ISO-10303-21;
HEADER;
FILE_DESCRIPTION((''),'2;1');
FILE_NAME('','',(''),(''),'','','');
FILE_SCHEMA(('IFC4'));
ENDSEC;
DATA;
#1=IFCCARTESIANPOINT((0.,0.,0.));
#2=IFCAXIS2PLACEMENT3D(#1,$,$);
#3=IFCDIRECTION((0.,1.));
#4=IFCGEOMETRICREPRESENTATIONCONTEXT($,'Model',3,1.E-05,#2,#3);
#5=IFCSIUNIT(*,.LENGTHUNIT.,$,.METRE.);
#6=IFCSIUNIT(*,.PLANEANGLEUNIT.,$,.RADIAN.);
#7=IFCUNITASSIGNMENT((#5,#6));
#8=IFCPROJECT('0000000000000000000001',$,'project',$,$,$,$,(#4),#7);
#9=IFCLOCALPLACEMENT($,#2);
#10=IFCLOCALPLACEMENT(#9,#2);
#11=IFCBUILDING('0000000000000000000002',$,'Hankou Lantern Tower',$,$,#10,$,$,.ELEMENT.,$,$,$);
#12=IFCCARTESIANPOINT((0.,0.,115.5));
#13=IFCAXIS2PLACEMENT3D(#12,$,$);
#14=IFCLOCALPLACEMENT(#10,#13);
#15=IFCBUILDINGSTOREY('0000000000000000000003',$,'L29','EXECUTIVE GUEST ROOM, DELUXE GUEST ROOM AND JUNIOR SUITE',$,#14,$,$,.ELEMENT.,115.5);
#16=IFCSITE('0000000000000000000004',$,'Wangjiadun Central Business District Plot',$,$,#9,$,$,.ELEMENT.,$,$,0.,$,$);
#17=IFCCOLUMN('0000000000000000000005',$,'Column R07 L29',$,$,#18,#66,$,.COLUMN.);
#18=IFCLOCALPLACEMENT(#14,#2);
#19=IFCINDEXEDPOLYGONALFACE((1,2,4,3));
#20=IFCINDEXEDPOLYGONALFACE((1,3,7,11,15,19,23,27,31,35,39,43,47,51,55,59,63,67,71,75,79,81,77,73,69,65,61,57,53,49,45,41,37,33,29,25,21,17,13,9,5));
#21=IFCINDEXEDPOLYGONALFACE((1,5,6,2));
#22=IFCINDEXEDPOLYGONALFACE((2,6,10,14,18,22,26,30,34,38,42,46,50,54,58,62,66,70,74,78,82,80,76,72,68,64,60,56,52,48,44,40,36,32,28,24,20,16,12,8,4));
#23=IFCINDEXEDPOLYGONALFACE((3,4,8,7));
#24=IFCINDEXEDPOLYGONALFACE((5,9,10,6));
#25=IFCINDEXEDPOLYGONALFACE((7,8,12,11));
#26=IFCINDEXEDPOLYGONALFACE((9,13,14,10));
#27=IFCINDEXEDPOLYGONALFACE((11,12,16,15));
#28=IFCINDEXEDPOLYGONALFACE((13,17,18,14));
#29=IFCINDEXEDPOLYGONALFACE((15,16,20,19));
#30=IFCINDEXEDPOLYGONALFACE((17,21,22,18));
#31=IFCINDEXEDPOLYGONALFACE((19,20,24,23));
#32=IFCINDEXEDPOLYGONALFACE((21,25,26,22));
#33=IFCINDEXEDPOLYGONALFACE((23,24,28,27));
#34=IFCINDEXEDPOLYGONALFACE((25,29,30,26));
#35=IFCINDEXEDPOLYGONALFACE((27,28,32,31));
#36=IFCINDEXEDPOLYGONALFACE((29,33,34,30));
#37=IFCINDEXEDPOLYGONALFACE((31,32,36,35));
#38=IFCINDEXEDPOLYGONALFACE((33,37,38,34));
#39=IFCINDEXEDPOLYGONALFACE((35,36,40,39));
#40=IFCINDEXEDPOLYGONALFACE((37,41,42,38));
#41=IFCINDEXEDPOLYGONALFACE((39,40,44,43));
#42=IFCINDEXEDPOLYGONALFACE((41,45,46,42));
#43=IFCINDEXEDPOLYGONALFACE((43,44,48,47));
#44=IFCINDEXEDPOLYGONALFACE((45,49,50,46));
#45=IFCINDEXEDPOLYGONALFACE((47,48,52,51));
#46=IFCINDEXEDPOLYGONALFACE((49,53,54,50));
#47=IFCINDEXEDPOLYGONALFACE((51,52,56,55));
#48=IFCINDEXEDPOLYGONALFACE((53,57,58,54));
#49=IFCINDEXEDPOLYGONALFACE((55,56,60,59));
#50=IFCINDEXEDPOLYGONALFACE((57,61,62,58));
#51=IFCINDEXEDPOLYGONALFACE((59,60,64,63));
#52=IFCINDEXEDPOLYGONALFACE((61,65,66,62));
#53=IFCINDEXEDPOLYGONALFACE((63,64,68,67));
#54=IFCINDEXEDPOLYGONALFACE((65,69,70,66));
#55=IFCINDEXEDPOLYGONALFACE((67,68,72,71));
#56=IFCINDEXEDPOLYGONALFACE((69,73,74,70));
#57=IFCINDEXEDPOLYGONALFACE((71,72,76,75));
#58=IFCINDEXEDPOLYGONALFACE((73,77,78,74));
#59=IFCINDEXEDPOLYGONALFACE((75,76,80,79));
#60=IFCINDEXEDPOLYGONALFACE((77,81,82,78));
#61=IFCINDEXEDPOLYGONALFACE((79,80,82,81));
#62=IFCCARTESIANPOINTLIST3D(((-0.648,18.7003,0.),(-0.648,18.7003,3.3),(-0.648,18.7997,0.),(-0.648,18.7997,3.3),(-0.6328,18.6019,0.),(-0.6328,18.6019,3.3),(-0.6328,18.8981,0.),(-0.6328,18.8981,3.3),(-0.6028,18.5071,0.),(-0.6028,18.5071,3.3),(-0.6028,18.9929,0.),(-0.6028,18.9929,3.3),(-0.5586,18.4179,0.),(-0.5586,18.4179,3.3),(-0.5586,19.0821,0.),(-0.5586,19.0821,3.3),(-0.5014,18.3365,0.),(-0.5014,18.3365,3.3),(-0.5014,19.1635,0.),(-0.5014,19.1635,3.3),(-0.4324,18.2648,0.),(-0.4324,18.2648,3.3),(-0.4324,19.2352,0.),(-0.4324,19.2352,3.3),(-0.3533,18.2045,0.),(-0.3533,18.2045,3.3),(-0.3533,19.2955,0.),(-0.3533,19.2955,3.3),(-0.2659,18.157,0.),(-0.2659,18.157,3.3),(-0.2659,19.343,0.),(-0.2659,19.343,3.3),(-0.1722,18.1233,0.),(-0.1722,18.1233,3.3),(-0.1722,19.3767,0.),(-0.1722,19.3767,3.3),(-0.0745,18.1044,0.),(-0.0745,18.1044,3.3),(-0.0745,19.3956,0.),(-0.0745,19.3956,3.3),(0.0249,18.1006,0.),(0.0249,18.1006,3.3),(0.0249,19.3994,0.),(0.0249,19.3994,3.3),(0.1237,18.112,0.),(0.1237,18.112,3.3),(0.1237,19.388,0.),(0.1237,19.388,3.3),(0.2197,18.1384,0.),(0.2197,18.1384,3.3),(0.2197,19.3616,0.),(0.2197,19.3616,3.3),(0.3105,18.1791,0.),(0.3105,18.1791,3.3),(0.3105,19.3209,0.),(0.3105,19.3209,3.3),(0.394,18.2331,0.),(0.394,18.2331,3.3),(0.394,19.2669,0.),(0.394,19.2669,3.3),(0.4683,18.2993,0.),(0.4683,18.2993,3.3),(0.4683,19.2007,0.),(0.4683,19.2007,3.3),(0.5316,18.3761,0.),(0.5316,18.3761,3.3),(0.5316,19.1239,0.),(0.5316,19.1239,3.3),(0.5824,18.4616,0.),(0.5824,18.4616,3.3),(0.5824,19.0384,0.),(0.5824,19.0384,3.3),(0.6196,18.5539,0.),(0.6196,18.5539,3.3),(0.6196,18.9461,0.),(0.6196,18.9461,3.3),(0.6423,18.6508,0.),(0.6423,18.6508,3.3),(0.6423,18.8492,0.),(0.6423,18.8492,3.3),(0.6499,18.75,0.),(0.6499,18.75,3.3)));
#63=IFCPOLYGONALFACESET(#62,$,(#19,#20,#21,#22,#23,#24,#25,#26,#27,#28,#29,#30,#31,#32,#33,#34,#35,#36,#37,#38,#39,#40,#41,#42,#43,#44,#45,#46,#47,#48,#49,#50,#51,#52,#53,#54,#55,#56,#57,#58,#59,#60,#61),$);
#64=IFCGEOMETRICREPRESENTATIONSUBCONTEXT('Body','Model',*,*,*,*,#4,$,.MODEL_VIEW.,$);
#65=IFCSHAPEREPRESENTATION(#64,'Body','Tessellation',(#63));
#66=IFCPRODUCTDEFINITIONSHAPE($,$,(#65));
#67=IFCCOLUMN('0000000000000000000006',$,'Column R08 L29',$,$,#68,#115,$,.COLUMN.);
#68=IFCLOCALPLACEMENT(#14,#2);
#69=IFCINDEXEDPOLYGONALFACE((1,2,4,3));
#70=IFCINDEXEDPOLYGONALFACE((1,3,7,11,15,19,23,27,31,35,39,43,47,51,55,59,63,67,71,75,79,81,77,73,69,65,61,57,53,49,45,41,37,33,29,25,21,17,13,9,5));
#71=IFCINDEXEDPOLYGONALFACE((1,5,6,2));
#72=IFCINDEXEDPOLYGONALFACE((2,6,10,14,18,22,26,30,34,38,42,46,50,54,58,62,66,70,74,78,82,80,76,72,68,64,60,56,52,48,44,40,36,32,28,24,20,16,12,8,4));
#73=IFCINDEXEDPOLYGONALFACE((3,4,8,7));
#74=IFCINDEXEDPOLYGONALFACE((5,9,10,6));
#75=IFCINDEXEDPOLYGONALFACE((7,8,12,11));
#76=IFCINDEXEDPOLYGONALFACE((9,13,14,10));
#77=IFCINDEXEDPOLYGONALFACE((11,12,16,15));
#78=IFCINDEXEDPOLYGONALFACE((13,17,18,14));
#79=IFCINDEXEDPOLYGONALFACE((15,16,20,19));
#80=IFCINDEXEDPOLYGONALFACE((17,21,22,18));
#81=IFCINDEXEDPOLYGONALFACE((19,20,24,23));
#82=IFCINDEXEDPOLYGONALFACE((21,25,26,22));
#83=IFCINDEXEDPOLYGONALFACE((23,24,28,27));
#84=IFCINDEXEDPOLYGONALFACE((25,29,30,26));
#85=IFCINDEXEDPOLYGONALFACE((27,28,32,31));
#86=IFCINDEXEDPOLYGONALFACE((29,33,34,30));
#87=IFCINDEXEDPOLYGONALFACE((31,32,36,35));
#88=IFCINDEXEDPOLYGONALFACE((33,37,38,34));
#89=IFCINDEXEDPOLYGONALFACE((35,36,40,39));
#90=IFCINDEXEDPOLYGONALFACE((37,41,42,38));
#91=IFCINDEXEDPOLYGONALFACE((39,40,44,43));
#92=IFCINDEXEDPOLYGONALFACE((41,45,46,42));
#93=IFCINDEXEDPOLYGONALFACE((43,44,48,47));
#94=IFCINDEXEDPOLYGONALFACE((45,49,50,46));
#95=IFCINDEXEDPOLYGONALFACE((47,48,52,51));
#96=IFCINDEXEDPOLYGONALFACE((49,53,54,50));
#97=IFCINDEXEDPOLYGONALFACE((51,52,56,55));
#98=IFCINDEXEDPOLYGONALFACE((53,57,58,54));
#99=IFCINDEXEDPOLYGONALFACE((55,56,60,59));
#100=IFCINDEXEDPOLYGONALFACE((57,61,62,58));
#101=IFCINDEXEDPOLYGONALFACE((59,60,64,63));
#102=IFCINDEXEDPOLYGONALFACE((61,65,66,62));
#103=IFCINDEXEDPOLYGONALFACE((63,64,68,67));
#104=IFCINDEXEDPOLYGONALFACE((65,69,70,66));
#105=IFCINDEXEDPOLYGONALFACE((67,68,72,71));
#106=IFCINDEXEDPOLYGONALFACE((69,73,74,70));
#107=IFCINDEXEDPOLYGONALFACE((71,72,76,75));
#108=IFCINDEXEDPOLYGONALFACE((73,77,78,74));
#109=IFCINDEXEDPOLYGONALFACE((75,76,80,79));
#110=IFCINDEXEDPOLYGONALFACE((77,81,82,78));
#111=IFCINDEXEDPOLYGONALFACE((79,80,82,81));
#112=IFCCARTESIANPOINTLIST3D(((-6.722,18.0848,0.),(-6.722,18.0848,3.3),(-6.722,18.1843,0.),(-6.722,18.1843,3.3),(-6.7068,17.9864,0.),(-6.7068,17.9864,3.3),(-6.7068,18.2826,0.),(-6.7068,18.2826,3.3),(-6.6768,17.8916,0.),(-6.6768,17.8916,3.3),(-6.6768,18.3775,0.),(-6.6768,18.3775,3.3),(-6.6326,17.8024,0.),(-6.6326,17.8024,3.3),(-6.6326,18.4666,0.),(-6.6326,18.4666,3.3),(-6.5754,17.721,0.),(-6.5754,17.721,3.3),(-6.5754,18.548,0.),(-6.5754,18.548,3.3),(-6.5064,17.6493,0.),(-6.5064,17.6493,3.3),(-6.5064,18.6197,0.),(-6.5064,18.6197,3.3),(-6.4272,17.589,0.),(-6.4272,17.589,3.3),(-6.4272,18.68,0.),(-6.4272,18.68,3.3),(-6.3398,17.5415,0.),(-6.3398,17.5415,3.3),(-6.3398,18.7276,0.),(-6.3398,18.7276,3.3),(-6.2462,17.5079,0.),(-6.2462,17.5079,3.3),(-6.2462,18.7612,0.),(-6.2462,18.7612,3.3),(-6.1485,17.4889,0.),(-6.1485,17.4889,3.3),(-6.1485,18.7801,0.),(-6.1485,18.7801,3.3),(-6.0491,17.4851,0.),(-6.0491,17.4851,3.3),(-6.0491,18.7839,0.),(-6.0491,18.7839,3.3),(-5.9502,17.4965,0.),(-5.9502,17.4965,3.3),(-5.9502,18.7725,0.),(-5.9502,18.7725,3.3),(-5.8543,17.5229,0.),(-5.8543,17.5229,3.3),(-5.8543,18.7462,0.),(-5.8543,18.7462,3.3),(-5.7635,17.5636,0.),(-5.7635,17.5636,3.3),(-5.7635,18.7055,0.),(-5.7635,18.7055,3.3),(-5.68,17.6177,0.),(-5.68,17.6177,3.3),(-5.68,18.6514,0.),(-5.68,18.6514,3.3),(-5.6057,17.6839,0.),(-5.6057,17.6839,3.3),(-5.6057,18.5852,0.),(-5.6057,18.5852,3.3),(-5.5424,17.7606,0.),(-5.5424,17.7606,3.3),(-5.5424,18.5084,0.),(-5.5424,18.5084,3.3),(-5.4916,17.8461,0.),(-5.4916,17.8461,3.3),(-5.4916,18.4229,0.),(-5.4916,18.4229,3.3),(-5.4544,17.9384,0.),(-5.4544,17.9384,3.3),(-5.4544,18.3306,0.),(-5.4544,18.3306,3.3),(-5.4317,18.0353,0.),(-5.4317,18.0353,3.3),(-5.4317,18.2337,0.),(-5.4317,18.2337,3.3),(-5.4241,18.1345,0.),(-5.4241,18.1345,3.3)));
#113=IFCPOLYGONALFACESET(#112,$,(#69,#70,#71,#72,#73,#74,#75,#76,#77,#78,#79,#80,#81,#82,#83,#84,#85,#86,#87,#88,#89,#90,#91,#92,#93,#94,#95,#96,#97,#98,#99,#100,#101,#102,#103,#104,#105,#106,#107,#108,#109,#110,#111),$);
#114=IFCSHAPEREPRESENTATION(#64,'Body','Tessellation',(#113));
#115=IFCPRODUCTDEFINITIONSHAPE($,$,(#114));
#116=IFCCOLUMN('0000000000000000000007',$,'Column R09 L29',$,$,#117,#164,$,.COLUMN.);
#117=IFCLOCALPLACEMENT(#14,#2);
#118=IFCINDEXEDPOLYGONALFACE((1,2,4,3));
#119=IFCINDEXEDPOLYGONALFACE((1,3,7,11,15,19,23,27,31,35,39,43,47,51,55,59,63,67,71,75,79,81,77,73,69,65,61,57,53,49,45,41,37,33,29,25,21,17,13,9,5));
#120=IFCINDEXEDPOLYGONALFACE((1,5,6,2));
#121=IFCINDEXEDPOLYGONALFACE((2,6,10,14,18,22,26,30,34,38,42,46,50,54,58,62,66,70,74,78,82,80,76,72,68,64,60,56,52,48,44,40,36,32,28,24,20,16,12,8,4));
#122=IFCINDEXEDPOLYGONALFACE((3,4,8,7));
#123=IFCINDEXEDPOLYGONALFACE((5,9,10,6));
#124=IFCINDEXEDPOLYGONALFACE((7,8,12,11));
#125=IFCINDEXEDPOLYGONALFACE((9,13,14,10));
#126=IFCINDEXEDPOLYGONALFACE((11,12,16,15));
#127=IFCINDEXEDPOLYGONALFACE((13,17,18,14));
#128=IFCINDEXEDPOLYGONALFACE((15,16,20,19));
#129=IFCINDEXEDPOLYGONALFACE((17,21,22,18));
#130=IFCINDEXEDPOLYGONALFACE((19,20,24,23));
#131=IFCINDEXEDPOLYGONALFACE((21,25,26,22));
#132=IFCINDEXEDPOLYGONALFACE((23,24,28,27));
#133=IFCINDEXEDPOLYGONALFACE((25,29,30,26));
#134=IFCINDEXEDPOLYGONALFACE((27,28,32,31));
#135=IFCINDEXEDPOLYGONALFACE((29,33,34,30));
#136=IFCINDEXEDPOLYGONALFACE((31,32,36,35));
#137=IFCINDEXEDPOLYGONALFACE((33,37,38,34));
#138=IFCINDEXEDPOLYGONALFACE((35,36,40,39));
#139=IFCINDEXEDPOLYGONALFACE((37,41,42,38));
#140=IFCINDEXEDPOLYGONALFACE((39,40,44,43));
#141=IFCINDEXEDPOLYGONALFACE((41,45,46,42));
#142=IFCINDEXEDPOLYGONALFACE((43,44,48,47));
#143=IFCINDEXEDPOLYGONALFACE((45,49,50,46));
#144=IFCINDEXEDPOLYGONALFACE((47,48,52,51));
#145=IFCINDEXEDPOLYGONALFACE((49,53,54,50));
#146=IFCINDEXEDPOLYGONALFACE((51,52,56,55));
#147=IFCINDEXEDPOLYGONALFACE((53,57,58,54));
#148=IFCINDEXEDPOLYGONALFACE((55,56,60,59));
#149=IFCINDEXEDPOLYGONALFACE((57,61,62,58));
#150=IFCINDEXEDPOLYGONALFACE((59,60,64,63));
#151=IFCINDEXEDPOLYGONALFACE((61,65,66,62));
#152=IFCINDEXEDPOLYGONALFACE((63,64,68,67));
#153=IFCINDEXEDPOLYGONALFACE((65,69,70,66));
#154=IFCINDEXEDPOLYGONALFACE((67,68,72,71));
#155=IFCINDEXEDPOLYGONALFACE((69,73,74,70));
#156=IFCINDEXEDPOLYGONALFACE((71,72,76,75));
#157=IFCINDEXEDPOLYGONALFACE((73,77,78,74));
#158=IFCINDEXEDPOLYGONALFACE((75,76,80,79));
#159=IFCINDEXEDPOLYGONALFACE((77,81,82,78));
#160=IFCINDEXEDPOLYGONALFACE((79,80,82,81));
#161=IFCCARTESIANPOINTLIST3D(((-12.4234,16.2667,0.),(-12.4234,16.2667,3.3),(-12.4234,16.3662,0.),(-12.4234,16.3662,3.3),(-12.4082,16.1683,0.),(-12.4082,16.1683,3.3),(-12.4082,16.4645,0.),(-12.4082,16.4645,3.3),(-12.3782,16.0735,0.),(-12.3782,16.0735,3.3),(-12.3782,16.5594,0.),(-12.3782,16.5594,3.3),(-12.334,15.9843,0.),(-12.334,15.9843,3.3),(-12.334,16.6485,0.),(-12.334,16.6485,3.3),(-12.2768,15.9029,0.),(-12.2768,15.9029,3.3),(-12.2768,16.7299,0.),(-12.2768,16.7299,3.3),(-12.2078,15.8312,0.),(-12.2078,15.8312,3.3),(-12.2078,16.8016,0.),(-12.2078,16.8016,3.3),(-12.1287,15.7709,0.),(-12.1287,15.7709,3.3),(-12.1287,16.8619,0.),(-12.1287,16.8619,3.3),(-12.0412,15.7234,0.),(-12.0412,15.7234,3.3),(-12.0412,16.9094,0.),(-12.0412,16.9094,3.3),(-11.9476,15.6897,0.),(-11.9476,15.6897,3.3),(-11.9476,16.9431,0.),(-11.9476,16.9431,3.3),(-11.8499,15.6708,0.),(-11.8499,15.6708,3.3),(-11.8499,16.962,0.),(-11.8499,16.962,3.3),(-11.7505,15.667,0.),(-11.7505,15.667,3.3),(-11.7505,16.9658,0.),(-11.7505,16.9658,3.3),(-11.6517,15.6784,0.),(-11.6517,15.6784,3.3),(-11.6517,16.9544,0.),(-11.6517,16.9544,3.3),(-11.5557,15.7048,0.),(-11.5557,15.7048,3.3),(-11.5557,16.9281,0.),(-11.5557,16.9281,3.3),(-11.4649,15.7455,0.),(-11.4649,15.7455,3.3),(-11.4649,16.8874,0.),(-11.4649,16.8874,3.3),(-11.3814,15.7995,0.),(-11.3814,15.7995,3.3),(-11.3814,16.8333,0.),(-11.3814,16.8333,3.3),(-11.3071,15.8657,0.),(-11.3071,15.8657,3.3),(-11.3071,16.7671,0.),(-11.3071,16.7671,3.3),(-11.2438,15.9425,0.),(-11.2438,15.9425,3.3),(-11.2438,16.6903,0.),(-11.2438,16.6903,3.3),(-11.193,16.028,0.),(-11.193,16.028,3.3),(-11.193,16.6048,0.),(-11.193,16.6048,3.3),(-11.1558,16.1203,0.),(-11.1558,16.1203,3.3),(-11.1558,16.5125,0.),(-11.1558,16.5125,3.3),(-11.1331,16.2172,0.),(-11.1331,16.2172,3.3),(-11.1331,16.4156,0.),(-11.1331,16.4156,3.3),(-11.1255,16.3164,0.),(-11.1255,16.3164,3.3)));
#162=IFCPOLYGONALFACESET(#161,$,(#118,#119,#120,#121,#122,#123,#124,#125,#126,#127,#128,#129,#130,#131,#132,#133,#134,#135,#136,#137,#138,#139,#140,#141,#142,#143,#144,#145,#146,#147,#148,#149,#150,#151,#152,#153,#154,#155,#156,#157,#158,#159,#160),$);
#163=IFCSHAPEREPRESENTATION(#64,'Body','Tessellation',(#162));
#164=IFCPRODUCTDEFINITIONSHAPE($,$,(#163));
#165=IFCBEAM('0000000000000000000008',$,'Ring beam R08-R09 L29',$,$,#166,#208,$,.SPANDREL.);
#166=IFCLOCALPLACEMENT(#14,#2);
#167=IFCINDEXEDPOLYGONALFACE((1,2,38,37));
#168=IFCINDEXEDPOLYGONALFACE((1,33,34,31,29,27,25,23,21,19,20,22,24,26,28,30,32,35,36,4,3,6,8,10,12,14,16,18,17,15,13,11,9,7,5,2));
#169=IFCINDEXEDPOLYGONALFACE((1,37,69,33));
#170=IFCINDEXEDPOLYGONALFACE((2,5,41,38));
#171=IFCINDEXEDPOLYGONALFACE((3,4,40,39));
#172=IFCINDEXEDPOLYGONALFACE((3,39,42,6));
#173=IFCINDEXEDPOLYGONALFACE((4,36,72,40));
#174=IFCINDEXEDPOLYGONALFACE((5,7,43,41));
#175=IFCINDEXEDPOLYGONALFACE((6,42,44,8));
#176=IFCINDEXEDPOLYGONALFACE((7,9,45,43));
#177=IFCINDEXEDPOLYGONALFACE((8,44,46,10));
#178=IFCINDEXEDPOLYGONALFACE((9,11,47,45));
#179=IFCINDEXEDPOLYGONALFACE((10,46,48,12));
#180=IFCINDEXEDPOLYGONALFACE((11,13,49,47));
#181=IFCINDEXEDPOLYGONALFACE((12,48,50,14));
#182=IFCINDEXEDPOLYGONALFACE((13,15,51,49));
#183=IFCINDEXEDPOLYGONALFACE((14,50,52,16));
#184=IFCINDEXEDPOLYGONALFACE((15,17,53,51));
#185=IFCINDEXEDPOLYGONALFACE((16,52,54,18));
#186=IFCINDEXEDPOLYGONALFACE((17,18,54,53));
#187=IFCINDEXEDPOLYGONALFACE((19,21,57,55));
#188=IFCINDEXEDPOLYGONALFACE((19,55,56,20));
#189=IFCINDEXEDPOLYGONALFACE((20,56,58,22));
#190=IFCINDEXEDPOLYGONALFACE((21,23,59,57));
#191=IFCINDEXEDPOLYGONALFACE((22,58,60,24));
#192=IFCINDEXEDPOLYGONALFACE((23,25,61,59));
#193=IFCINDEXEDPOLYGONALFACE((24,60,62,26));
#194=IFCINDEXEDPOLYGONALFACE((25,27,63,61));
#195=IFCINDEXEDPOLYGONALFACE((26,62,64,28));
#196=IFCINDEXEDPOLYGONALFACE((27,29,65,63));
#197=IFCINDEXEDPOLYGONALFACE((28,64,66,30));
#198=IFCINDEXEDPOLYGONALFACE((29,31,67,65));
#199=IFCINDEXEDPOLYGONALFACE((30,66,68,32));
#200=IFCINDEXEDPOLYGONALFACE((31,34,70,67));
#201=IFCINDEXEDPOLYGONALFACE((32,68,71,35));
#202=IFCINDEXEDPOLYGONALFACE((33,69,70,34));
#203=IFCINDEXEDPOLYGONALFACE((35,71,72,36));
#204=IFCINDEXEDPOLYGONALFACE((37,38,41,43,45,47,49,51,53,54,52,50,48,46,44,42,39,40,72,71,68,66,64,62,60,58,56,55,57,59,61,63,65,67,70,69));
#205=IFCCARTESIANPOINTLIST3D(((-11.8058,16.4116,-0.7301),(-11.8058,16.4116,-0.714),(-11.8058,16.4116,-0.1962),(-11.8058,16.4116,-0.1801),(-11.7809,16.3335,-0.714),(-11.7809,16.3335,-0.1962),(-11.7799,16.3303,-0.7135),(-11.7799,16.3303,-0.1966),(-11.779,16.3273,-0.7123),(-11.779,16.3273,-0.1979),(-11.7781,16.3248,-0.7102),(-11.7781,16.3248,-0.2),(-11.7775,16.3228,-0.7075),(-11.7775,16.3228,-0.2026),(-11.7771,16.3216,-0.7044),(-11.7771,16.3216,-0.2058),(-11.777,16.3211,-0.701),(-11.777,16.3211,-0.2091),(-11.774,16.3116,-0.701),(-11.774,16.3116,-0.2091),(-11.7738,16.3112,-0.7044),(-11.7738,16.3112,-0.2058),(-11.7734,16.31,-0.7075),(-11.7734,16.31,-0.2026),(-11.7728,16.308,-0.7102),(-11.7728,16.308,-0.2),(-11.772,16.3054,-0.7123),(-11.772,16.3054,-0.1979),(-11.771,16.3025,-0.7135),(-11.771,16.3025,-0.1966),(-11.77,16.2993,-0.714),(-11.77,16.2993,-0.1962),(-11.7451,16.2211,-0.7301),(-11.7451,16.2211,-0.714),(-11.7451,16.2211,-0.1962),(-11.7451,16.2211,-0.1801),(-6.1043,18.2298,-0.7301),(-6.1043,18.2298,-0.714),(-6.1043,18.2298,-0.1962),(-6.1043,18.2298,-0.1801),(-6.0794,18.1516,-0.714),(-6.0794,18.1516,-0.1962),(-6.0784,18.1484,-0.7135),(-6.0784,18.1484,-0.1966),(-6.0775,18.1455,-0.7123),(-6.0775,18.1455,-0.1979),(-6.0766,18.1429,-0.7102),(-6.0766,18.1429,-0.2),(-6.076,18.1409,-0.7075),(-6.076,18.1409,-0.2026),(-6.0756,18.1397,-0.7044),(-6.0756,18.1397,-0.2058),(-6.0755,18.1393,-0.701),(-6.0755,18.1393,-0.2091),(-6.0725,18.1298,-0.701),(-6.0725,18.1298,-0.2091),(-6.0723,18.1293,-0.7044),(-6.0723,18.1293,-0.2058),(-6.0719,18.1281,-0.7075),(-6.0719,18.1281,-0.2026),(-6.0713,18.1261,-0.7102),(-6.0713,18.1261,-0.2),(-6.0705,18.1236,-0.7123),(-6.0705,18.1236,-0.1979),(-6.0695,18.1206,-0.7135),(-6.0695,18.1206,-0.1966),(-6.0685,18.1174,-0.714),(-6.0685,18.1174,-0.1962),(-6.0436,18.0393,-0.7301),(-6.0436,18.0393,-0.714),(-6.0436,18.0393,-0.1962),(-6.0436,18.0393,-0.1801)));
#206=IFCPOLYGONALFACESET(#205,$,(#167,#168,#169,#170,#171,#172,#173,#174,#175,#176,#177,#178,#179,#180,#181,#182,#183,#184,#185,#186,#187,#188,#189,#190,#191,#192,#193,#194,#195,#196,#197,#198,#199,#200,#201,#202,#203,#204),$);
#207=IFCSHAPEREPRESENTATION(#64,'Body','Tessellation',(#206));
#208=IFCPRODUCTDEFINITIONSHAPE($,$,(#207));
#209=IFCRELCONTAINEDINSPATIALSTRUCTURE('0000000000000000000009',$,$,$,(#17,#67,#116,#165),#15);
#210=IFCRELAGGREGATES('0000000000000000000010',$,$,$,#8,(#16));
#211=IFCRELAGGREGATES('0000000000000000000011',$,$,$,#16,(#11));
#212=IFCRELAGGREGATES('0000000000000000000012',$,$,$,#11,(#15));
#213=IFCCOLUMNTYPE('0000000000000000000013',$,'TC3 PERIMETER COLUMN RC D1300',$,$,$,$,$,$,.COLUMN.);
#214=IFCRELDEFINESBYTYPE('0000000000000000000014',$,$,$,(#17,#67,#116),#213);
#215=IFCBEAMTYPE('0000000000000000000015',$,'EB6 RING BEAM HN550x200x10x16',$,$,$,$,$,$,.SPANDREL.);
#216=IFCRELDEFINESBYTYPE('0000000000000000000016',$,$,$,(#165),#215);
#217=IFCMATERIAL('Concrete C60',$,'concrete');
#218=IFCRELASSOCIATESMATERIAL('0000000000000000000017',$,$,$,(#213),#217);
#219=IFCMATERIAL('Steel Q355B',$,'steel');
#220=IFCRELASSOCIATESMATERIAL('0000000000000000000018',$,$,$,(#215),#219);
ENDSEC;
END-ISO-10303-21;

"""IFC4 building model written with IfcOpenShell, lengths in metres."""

from ifc_helpers import new_model, si_unit, direction, frame, origin, origin_2d, place, context, subcontext, project, spatial, circle, i_section, extrude, material, material_profile, profile_set, type_object, element, save


model = new_model("IFC4")

# Units and contexts
model_context = context("Model", 3, precision=1e-05, world=origin(), true_north=direction((0.0, 1.0)))
body_context = subcontext(model_context, "Body", "Model", "MODEL_VIEW")
ifc_project = project(units=[si_unit("LENGTHUNIT", "METRE"), si_unit("PLANEANGLEUNIT", "RADIAN")], contexts=[model_context])

# Site, building, storey
site_placement = place(None, origin())
site = spatial("IfcSite", under=ifc_project, at=site_placement, Name="Wangjiadun Central Business District Plot", CompositionType="ELEMENT", RefElevation=0.0)
building_placement = place(site_placement, origin())
building = spatial("IfcBuilding", under=site, at=building_placement, Name="Hankou Lantern Tower", CompositionType="ELEMENT")
storey_placement = place(building_placement, frame((0.0, 0.0, 115.5)))
storey = spatial("IfcBuildingStorey", under=building, at=storey_placement, Name="L29", Description="EXECUTIVE GUEST ROOM, DELUXE GUEST ROOM AND JUNIOR SUITE", CompositionType="ELEMENT", Elevation=115.5)

# Columns
ifc_material_1 = material(Name="Concrete C60", Category="concrete")
ifc_material_profile_1 = material_profile(ifc_material_1, circle(Radius=0.6499, at=origin_2d()), Name="RC D1300")
ifc_profile_set_1 = profile_set([ifc_material_profile_1], Name="Concrete C60")
column_type = type_object("IfcColumnType", Name="TC3 PERIMETER COLUMN RC D1300", PredefinedType="COLUMN", material=ifc_profile_set_1)
for number, where, z_axis, x_axis, name in (
    (1, (0.0, 18.75, 0.0), (0.0, 0.0, 1.0), (1.0, 0.0, 0.0), "Column R07 L29"),
    (2, (-6.074, 18.1345, 0.0), (0.0, 0.0, 1.0), (1.0, 0.0, 0.0), "Column R08 L29"),
    (3, (-11.7754, 16.3164, 0.0), (0.0, 0.0, 1.0), (1.0, 0.0, 0.0), "Column R09 L29"),
):
    element("IfcColumn", number, at=place(storey_placement, frame(where, z_axis=z_axis, x_axis=x_axis)), inside=storey, type_object=column_type, Name=name, PredefinedType="COLUMN", context=body_context, shape_type="SweptSolid", body=[
        extrude(circle(Radius=0.6499, at=origin_2d()), origin(), (0.0, 0.0, 1.0), 3.3),
    ])

# Beam
ifc_material_2 = material(Name="Steel Q355B", Category="steel")
ifc_material_profile_2 = material_profile(ifc_material_2, i_section(OverallWidth=0.2, OverallDepth=0.55, WebThickness=0.01, FlangeThickness=0.0161, FilletRadius=0.0129, at=origin_2d()), Name="HN550x200x10x16")
ifc_profile_set_2 = profile_set([ifc_material_profile_2], Name="Steel Q355B")
beam_type_1 = type_object("IfcBeamType", Name="EB6 RING BEAM HN550x200x10x16", PredefinedType="SPANDREL", material=ifc_profile_set_2)
beam_1_placement = place(storey_placement, frame((-6.074, 18.1345, -0.4551), z_axis=(-0.952731, -0.303815, 0.0), x_axis=(0.303815, -0.952731, 0.0)))
element("IfcBeam", 4, at=beam_1_placement, inside=storey, type_object=beam_type_1, Name="Ring beam R08-R09 L29", PredefinedType="SPANDREL", context=body_context, shape_type="SweptSolid", body=[
    extrude(i_section(OverallWidth=0.2, OverallDepth=0.55, WebThickness=0.01, FlangeThickness=0.0161, FilletRadius=0.0129, at=origin_2d()), origin(), (0.0, 0.0, 1.0), 5.9844),
])

save(model, "model.ifc")
